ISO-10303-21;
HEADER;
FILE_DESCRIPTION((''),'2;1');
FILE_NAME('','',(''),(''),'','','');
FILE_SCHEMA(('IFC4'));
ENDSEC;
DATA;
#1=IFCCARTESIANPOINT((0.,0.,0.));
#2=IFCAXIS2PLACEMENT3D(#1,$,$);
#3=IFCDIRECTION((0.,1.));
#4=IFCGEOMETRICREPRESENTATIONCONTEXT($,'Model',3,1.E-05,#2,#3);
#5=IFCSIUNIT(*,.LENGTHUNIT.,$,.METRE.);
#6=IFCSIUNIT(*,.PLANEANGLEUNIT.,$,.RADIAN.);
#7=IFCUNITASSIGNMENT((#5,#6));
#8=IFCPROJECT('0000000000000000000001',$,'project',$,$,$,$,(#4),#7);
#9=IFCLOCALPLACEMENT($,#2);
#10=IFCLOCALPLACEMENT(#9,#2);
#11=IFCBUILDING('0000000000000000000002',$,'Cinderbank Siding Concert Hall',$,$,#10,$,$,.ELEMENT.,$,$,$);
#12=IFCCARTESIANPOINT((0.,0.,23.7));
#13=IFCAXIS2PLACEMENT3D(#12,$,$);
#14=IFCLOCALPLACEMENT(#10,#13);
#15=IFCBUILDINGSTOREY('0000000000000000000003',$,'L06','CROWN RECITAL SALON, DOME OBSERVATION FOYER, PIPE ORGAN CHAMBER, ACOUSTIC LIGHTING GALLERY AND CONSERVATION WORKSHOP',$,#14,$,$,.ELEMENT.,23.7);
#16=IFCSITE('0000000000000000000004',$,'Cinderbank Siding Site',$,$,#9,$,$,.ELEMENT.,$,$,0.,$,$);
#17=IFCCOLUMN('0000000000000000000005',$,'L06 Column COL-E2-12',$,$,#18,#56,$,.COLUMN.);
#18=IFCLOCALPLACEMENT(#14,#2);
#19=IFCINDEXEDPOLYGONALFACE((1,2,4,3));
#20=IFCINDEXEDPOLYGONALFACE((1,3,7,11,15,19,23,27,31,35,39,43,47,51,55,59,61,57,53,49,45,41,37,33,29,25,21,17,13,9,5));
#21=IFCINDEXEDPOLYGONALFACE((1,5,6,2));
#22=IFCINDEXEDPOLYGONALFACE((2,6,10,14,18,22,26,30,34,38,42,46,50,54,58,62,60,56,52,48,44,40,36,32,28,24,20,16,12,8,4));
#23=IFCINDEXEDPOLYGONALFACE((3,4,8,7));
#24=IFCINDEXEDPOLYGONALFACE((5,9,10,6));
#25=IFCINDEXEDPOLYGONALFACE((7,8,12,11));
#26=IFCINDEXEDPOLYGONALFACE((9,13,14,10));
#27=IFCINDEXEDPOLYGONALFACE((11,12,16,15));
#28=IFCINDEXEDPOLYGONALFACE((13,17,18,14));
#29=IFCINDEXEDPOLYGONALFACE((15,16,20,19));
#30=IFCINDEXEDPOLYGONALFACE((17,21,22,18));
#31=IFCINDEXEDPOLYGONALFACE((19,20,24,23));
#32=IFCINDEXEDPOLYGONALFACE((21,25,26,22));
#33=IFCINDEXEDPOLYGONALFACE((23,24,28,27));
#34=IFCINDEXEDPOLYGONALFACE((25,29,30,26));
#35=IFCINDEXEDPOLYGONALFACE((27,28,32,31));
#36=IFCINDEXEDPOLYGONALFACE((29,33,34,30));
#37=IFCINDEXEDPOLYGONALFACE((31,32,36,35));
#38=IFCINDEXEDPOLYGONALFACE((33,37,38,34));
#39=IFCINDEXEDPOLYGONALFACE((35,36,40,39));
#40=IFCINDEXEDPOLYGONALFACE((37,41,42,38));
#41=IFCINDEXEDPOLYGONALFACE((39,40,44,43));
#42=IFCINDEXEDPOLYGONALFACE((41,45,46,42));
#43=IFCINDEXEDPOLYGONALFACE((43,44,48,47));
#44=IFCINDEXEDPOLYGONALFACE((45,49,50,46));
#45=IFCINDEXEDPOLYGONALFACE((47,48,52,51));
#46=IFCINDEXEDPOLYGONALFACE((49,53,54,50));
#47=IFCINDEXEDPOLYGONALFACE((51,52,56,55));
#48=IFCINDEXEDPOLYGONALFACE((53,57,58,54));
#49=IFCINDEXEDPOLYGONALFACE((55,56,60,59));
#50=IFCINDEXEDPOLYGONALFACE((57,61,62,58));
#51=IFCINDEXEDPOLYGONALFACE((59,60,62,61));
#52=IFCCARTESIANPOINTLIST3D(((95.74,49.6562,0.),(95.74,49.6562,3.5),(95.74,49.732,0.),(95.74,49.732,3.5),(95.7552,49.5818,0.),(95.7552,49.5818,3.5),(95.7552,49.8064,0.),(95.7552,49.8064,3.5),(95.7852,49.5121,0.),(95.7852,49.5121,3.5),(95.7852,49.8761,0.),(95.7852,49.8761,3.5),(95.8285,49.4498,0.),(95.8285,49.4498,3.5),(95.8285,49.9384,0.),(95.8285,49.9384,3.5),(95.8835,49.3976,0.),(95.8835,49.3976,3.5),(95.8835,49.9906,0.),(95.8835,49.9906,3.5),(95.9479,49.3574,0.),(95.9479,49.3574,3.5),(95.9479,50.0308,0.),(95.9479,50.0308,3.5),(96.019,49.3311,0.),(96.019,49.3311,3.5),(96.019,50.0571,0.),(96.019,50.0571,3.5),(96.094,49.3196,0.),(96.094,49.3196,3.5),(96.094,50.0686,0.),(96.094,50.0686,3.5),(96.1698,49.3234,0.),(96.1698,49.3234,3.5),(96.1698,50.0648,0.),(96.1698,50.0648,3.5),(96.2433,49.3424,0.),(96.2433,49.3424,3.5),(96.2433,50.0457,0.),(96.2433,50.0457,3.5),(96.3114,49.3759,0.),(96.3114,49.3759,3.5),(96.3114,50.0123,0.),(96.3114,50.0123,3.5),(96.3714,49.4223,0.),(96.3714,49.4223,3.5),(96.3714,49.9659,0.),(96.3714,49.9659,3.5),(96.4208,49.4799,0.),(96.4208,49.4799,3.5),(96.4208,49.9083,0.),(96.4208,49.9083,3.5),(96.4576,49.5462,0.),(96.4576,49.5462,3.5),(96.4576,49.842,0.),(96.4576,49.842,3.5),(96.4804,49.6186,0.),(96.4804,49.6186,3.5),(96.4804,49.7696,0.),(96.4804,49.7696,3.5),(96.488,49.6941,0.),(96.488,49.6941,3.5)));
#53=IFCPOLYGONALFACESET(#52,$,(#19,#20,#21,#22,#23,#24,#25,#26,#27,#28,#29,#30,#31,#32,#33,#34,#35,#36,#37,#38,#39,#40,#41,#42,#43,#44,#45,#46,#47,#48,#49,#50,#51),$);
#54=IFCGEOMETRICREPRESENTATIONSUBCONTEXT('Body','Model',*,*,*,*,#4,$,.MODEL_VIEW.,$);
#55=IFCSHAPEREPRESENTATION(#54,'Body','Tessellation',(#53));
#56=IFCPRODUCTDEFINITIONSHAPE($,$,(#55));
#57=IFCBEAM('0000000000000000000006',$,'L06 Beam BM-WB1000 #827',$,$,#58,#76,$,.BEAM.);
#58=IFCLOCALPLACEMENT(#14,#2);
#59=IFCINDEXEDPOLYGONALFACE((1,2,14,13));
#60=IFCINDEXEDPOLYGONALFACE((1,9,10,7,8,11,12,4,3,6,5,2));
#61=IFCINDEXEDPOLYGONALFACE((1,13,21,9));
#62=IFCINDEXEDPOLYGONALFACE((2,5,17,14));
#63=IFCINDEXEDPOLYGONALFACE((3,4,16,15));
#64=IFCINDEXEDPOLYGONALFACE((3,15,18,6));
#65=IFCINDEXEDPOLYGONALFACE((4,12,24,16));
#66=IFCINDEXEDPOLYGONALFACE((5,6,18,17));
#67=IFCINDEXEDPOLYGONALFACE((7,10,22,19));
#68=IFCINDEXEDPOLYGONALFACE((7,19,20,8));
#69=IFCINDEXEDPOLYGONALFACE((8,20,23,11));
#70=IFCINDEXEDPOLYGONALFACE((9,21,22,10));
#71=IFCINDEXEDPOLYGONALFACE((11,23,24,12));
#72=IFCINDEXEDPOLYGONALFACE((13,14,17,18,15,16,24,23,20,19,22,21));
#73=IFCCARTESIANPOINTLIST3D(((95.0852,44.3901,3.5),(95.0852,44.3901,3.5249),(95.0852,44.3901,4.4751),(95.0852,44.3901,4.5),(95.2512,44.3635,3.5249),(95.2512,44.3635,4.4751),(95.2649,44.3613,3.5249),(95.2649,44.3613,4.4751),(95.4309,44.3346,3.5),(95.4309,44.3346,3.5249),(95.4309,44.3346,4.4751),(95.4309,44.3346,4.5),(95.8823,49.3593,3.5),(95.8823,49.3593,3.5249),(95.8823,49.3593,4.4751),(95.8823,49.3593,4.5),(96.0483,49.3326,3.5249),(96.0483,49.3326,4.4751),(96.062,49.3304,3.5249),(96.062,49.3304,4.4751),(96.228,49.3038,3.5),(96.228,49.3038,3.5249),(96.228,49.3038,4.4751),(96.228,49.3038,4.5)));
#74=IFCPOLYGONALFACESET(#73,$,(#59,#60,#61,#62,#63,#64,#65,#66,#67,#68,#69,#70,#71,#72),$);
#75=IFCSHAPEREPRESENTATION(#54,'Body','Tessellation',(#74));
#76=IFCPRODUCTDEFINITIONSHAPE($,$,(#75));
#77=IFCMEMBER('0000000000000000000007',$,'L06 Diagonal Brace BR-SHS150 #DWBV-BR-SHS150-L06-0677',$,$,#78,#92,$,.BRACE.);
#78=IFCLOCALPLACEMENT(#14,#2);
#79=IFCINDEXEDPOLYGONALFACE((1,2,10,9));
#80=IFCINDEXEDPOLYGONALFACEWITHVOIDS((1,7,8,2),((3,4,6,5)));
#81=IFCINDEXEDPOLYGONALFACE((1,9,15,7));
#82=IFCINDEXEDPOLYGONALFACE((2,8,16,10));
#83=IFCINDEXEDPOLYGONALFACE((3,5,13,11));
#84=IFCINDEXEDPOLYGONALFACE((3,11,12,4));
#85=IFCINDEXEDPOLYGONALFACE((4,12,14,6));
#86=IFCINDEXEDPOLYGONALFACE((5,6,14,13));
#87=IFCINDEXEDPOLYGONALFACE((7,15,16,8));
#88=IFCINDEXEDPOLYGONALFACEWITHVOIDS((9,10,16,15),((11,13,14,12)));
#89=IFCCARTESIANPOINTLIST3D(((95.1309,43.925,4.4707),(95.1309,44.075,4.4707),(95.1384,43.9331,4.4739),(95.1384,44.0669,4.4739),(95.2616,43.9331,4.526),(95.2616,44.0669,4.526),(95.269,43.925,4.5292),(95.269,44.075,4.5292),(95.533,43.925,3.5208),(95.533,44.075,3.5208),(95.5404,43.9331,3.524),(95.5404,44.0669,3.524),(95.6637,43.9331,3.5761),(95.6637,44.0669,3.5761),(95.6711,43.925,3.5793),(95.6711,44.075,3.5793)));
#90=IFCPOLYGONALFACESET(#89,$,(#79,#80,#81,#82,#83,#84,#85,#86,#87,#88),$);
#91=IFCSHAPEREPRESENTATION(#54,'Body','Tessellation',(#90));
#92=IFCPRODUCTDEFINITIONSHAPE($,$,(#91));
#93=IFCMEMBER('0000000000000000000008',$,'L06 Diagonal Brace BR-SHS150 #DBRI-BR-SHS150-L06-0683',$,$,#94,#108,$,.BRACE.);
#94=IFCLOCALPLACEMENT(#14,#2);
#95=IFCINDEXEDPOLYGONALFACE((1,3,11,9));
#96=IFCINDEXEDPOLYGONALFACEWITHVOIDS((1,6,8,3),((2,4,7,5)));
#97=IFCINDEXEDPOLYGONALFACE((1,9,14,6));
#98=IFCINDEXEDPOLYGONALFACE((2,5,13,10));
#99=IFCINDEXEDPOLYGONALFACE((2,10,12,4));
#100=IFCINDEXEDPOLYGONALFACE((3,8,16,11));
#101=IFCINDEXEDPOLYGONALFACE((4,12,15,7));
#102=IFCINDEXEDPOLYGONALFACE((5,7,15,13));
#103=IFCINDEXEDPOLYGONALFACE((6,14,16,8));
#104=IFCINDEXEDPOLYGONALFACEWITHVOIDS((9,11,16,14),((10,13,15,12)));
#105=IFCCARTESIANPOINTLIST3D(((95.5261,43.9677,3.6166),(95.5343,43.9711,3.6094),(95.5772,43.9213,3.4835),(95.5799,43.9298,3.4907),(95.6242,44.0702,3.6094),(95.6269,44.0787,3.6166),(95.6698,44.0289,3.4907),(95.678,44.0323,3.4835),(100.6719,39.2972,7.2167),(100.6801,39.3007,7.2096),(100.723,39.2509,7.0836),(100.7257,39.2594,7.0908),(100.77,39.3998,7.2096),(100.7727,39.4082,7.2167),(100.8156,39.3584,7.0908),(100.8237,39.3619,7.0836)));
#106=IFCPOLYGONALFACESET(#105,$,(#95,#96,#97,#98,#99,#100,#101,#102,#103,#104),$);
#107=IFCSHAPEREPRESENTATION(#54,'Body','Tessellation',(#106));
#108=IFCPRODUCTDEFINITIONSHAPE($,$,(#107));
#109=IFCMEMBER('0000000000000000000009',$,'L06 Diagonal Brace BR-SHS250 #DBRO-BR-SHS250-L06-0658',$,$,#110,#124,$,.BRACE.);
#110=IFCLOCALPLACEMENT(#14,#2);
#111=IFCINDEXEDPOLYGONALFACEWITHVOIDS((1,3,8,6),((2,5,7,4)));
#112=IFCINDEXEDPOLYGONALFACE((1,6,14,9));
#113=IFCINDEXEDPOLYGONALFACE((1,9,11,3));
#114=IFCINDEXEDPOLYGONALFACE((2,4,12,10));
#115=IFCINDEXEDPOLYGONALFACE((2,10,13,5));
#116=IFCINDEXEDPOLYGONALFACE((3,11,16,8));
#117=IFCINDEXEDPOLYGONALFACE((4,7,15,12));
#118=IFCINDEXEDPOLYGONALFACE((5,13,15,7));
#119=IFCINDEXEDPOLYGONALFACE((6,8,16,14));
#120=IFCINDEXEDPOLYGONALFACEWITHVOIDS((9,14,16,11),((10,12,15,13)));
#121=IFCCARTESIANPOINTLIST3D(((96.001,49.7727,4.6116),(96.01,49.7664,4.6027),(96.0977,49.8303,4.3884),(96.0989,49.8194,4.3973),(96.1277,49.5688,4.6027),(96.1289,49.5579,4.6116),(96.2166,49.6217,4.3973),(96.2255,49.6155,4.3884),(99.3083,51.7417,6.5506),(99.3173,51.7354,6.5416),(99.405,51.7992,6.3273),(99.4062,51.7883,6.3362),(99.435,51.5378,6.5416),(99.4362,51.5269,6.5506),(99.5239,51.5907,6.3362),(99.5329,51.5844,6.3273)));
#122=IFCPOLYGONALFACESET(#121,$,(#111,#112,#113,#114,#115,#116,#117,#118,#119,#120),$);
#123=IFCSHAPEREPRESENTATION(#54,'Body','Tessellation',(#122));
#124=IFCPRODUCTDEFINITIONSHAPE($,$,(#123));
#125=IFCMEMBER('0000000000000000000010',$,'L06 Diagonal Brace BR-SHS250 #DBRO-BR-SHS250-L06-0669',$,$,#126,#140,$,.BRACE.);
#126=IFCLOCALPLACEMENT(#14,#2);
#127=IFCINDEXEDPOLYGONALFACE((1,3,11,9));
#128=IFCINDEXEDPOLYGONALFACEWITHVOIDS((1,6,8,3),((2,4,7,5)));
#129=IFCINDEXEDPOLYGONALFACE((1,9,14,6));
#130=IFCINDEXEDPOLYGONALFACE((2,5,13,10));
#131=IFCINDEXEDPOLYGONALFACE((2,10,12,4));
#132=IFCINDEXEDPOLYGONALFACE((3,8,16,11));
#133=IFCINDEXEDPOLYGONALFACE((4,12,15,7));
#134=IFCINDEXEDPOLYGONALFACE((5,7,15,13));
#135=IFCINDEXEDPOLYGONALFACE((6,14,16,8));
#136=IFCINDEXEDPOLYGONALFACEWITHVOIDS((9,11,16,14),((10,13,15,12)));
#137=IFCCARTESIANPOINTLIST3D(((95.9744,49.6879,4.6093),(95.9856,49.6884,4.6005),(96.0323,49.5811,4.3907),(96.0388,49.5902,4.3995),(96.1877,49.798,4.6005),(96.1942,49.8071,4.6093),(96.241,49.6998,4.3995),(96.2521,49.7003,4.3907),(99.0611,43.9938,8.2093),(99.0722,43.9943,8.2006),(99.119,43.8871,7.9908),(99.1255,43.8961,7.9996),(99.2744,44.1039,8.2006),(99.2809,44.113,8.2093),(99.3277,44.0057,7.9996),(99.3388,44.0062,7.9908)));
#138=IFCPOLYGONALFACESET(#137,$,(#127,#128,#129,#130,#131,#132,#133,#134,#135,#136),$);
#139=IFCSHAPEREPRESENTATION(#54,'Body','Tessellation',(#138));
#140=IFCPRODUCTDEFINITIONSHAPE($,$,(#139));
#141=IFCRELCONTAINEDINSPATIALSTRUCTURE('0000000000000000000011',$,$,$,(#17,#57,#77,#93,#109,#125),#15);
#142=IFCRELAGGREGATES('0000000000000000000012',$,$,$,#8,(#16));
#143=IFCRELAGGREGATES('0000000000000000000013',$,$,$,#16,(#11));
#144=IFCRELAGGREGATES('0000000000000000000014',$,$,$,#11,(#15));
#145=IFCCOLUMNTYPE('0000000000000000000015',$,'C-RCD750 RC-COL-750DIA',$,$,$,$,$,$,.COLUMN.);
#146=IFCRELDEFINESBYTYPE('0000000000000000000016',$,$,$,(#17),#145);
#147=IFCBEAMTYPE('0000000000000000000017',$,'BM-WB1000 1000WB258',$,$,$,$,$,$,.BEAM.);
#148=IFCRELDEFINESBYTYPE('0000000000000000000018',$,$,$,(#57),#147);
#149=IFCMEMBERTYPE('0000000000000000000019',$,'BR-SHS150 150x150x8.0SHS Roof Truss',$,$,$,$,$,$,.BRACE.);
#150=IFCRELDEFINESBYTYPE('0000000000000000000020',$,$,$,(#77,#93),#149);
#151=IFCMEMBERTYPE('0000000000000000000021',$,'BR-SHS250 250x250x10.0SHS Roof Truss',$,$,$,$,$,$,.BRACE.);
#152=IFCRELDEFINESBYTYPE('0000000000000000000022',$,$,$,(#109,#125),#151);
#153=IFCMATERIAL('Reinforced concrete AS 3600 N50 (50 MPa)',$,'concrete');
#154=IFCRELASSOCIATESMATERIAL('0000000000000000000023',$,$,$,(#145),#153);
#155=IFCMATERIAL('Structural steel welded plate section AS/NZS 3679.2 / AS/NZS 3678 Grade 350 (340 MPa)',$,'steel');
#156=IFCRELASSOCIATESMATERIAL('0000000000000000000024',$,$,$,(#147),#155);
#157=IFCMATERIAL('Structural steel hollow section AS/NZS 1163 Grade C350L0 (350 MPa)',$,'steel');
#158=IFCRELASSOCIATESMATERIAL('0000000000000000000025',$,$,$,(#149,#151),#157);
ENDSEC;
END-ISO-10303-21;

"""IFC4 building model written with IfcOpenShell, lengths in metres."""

from ifc_helpers import new_model, si_unit, direction, frame, origin, origin_2d, place, context, subcontext, project, spatial, hollow_rectangle, circle, i_section, extrude, material, material_profile, profile_set, type_object, element, save


model = new_model("IFC4")

# Units and contexts
model_context = context("Model", 3, precision=1e-05, world=origin(), true_north=direction((0.0, 1.0)))
body_context = subcontext(model_context, "Body", "Model", "MODEL_VIEW")
ifc_project = project(units=[si_unit("LENGTHUNIT", "METRE"), si_unit("PLANEANGLEUNIT", "RADIAN")], contexts=[model_context])

# Site, building, storey
site_placement = place(None, origin())
site = spatial("IfcSite", under=ifc_project, at=site_placement, Name="Cinderbank Siding Site", CompositionType="ELEMENT", RefElevation=0.0)
building_placement = place(site_placement, origin())
building = spatial("IfcBuilding", under=site, at=building_placement, Name="Cinderbank Siding Concert Hall", CompositionType="ELEMENT")
storey_placement = place(building_placement, frame((0.0, 0.0, 23.7)))
storey = spatial("IfcBuildingStorey", under=building, at=storey_placement, Name="L06", Description="CROWN RECITAL SALON, DOME OBSERVATION FOYER, PIPE ORGAN CHAMBER, ACOUSTIC LIGHTING GALLERY AND CONSERVATION WORKSHOP", CompositionType="ELEMENT", Elevation=23.7)

# Column
ifc_material_1 = material(Name="Reinforced concrete AS 3600 N50 (50 MPa)", Category="concrete")
ifc_material_profile_1 = material_profile(ifc_material_1, circle(Radius=0.375, at=origin_2d()), Name="RC-COL-750DIA", Category="LoadBearing")
ifc_profile_set_1 = profile_set([ifc_material_profile_1], Name="Reinforced concrete AS 3600 N50 (50 MPa)")
column_type = type_object("IfcColumnType", Name="C-RCD750 RC-COL-750DIA", PredefinedType="COLUMN", material=ifc_profile_set_1)
column_placement = place(storey_placement, frame((96.113, 49.6941, 0.0), z_axis=(0.0, 0.0, 1.0), x_axis=(1.0, 0.0, 0.0)))
element("IfcColumn", 1, at=column_placement, inside=storey, type_object=column_type, Name="L06 Column COL-E2-12", PredefinedType="COLUMN", context=body_context, shape_type="SweptSolid", body=[
    extrude(circle(Radius=0.375, at=origin_2d()), origin(), (0.0, 0.0, 1.0), 3.5),
])

# Beam
ifc_material_2 = material(Name="Structural steel welded plate section AS/NZS 3679.2 / AS/NZS 3678 Grade 350 (340 MPa)", Category="steel")
ifc_material_profile_2 = material_profile(ifc_material_2, i_section(OverallWidth=0.3501, OverallDepth=1.0, WebThickness=0.0139, FlangeThickness=0.0249, at=origin_2d()), Name="1000WB258", Category="LoadBearing")
ifc_profile_set_2 = profile_set([ifc_material_profile_2], Name="Structural steel welded plate section AS/NZS 3679.2 / AS/NZS 3678 Grade 350 (340 MPa)")
beam_type = type_object("IfcBeamType", Name="BM-WB1000 1000WB258", PredefinedType="BEAM", material=ifc_profile_set_2)
beam_placement = place(storey_placement, frame((96.0552, 49.3315, 4.0), z_axis=(-0.158386, -0.987377, 0.0), x_axis=(0.987377, -0.158386, 0.0)))
element("IfcBeam", 2, at=beam_placement, inside=storey, type_object=beam_type, Name="L06 Beam BM-WB1000 #827", PredefinedType="BEAM", context=body_context, shape_type="SweptSolid", body=[
    extrude(i_section(OverallWidth=0.3501, OverallDepth=1.0, WebThickness=0.0139, FlangeThickness=0.0249, at=origin_2d()), origin(), (0.0, 0.0, 1.0), 5.0327),
])

# Members
ifc_material_3 = material(Name="Structural steel hollow section AS/NZS 1163 Grade C350L0 (350 MPa)", Category="steel")
ifc_material_profile_3 = material_profile(ifc_material_3, hollow_rectangle(XDim=0.1499, YDim=0.1499, WallThickness=0.0081, at=origin_2d()), Name="150x150x8.0SHS", Category="LoadBearing")
ifc_profile_set_3 = profile_set([ifc_material_profile_3], Name="Structural steel hollow section AS/NZS 1163 Grade C350L0 (350 MPa)")
member_type_1 = type_object("IfcMemberType", Name="BR-SHS150 150x150x8.0SHS Roof Truss", PredefinedType="BRACE", material=ifc_profile_set_3)
member_1_placement = place(storey_placement, frame((95.6021, 44.0, 3.55), z_axis=(-0.389802, 0.0, 0.920899), x_axis=(0.0, -1.0, 0.0)))
element("IfcMember", 3, at=member_1_placement, inside=storey, type_object=member_type_1, Name="L06 Diagonal Brace BR-SHS150 #DWBV-BR-SHS150-L06-0677", PredefinedType="BRACE", context=body_context, shape_type="SweptSolid", body=[
    extrude(hollow_rectangle(XDim=0.1499, YDim=0.1499, WallThickness=0.0081, at=origin_2d()), origin(), (0.0, 0.0, 1.0), 1.0315),
])
member_2_placement = place(storey_placement, frame((95.6021, 44.0, 3.55), z_axis=(0.657488, -0.596752, 0.459995), x_axis=(0.672078, 0.74048, 0.0)))
element("IfcMember", 4, at=member_2_placement, inside=storey, type_object=member_type_1, Name="L06 Diagonal Brace BR-SHS150 #DBRI-BR-SHS150-L06-0683", PredefinedType="BRACE", context=body_context, shape_type="SweptSolid", body=[
    extrude(hollow_rectangle(XDim=0.1499, YDim=0.1499, WallThickness=0.0081, at=origin_2d()), origin(), (0.0, 0.0, 1.0), 7.8264),
])
ifc_material_profile_4 = material_profile(ifc_material_3, hollow_rectangle(XDim=0.25, YDim=0.25, WallThickness=0.01, at=origin_2d()), Name="250x250x10.0SHS", Category="LoadBearing")
ifc_profile_set_4 = profile_set([ifc_material_profile_4], Name="Structural steel hollow section AS/NZS 1163 Grade C350L0 (350 MPa)")
member_type_2 = type_object("IfcMemberType", Name="BR-SHS250 250x250x10.0SHS Roof Truss", PredefinedType="BRACE", material=ifc_profile_set_4)
member_3_placement = place(storey_placement, frame((96.1133, 49.6941, 4.5), z_axis=(0.76739, 0.456854, 0.449886), x_axis=(-0.511545, 0.859256, 0.0)))
element("IfcMember", 5, at=member_3_placement, inside=storey, type_object=member_type_2, Name="L06 Diagonal Brace BR-SHS250 #DBRO-BR-SHS250-L06-0658", PredefinedType="BRACE", context=body_context, shape_type="SweptSolid", body=[
    extrude(hollow_rectangle(XDim=0.25, YDim=0.25, WallThickness=0.01, at=origin_2d()), origin(), (0.0, 0.0, 1.0), 4.3098),
])
member_4_placement = place(storey_placement, frame((96.1133, 49.6941, 4.5), z_axis=(0.416544, -0.768414, 0.485831), x_axis=(0.879139, 0.476566, 0.0)))
element("IfcMember", 6, at=member_4_placement, inside=storey, type_object=member_type_2, Name="L06 Diagonal Brace BR-SHS250 #DBRO-BR-SHS250-L06-0669", PredefinedType="BRACE", context=body_context, shape_type="SweptSolid", body=[
    extrude(hollow_rectangle(XDim=0.25, YDim=0.25, WallThickness=0.01, at=origin_2d()), origin(), (0.0, 0.0, 1.0), 7.4102),
])

save(model, "model.ifc")
